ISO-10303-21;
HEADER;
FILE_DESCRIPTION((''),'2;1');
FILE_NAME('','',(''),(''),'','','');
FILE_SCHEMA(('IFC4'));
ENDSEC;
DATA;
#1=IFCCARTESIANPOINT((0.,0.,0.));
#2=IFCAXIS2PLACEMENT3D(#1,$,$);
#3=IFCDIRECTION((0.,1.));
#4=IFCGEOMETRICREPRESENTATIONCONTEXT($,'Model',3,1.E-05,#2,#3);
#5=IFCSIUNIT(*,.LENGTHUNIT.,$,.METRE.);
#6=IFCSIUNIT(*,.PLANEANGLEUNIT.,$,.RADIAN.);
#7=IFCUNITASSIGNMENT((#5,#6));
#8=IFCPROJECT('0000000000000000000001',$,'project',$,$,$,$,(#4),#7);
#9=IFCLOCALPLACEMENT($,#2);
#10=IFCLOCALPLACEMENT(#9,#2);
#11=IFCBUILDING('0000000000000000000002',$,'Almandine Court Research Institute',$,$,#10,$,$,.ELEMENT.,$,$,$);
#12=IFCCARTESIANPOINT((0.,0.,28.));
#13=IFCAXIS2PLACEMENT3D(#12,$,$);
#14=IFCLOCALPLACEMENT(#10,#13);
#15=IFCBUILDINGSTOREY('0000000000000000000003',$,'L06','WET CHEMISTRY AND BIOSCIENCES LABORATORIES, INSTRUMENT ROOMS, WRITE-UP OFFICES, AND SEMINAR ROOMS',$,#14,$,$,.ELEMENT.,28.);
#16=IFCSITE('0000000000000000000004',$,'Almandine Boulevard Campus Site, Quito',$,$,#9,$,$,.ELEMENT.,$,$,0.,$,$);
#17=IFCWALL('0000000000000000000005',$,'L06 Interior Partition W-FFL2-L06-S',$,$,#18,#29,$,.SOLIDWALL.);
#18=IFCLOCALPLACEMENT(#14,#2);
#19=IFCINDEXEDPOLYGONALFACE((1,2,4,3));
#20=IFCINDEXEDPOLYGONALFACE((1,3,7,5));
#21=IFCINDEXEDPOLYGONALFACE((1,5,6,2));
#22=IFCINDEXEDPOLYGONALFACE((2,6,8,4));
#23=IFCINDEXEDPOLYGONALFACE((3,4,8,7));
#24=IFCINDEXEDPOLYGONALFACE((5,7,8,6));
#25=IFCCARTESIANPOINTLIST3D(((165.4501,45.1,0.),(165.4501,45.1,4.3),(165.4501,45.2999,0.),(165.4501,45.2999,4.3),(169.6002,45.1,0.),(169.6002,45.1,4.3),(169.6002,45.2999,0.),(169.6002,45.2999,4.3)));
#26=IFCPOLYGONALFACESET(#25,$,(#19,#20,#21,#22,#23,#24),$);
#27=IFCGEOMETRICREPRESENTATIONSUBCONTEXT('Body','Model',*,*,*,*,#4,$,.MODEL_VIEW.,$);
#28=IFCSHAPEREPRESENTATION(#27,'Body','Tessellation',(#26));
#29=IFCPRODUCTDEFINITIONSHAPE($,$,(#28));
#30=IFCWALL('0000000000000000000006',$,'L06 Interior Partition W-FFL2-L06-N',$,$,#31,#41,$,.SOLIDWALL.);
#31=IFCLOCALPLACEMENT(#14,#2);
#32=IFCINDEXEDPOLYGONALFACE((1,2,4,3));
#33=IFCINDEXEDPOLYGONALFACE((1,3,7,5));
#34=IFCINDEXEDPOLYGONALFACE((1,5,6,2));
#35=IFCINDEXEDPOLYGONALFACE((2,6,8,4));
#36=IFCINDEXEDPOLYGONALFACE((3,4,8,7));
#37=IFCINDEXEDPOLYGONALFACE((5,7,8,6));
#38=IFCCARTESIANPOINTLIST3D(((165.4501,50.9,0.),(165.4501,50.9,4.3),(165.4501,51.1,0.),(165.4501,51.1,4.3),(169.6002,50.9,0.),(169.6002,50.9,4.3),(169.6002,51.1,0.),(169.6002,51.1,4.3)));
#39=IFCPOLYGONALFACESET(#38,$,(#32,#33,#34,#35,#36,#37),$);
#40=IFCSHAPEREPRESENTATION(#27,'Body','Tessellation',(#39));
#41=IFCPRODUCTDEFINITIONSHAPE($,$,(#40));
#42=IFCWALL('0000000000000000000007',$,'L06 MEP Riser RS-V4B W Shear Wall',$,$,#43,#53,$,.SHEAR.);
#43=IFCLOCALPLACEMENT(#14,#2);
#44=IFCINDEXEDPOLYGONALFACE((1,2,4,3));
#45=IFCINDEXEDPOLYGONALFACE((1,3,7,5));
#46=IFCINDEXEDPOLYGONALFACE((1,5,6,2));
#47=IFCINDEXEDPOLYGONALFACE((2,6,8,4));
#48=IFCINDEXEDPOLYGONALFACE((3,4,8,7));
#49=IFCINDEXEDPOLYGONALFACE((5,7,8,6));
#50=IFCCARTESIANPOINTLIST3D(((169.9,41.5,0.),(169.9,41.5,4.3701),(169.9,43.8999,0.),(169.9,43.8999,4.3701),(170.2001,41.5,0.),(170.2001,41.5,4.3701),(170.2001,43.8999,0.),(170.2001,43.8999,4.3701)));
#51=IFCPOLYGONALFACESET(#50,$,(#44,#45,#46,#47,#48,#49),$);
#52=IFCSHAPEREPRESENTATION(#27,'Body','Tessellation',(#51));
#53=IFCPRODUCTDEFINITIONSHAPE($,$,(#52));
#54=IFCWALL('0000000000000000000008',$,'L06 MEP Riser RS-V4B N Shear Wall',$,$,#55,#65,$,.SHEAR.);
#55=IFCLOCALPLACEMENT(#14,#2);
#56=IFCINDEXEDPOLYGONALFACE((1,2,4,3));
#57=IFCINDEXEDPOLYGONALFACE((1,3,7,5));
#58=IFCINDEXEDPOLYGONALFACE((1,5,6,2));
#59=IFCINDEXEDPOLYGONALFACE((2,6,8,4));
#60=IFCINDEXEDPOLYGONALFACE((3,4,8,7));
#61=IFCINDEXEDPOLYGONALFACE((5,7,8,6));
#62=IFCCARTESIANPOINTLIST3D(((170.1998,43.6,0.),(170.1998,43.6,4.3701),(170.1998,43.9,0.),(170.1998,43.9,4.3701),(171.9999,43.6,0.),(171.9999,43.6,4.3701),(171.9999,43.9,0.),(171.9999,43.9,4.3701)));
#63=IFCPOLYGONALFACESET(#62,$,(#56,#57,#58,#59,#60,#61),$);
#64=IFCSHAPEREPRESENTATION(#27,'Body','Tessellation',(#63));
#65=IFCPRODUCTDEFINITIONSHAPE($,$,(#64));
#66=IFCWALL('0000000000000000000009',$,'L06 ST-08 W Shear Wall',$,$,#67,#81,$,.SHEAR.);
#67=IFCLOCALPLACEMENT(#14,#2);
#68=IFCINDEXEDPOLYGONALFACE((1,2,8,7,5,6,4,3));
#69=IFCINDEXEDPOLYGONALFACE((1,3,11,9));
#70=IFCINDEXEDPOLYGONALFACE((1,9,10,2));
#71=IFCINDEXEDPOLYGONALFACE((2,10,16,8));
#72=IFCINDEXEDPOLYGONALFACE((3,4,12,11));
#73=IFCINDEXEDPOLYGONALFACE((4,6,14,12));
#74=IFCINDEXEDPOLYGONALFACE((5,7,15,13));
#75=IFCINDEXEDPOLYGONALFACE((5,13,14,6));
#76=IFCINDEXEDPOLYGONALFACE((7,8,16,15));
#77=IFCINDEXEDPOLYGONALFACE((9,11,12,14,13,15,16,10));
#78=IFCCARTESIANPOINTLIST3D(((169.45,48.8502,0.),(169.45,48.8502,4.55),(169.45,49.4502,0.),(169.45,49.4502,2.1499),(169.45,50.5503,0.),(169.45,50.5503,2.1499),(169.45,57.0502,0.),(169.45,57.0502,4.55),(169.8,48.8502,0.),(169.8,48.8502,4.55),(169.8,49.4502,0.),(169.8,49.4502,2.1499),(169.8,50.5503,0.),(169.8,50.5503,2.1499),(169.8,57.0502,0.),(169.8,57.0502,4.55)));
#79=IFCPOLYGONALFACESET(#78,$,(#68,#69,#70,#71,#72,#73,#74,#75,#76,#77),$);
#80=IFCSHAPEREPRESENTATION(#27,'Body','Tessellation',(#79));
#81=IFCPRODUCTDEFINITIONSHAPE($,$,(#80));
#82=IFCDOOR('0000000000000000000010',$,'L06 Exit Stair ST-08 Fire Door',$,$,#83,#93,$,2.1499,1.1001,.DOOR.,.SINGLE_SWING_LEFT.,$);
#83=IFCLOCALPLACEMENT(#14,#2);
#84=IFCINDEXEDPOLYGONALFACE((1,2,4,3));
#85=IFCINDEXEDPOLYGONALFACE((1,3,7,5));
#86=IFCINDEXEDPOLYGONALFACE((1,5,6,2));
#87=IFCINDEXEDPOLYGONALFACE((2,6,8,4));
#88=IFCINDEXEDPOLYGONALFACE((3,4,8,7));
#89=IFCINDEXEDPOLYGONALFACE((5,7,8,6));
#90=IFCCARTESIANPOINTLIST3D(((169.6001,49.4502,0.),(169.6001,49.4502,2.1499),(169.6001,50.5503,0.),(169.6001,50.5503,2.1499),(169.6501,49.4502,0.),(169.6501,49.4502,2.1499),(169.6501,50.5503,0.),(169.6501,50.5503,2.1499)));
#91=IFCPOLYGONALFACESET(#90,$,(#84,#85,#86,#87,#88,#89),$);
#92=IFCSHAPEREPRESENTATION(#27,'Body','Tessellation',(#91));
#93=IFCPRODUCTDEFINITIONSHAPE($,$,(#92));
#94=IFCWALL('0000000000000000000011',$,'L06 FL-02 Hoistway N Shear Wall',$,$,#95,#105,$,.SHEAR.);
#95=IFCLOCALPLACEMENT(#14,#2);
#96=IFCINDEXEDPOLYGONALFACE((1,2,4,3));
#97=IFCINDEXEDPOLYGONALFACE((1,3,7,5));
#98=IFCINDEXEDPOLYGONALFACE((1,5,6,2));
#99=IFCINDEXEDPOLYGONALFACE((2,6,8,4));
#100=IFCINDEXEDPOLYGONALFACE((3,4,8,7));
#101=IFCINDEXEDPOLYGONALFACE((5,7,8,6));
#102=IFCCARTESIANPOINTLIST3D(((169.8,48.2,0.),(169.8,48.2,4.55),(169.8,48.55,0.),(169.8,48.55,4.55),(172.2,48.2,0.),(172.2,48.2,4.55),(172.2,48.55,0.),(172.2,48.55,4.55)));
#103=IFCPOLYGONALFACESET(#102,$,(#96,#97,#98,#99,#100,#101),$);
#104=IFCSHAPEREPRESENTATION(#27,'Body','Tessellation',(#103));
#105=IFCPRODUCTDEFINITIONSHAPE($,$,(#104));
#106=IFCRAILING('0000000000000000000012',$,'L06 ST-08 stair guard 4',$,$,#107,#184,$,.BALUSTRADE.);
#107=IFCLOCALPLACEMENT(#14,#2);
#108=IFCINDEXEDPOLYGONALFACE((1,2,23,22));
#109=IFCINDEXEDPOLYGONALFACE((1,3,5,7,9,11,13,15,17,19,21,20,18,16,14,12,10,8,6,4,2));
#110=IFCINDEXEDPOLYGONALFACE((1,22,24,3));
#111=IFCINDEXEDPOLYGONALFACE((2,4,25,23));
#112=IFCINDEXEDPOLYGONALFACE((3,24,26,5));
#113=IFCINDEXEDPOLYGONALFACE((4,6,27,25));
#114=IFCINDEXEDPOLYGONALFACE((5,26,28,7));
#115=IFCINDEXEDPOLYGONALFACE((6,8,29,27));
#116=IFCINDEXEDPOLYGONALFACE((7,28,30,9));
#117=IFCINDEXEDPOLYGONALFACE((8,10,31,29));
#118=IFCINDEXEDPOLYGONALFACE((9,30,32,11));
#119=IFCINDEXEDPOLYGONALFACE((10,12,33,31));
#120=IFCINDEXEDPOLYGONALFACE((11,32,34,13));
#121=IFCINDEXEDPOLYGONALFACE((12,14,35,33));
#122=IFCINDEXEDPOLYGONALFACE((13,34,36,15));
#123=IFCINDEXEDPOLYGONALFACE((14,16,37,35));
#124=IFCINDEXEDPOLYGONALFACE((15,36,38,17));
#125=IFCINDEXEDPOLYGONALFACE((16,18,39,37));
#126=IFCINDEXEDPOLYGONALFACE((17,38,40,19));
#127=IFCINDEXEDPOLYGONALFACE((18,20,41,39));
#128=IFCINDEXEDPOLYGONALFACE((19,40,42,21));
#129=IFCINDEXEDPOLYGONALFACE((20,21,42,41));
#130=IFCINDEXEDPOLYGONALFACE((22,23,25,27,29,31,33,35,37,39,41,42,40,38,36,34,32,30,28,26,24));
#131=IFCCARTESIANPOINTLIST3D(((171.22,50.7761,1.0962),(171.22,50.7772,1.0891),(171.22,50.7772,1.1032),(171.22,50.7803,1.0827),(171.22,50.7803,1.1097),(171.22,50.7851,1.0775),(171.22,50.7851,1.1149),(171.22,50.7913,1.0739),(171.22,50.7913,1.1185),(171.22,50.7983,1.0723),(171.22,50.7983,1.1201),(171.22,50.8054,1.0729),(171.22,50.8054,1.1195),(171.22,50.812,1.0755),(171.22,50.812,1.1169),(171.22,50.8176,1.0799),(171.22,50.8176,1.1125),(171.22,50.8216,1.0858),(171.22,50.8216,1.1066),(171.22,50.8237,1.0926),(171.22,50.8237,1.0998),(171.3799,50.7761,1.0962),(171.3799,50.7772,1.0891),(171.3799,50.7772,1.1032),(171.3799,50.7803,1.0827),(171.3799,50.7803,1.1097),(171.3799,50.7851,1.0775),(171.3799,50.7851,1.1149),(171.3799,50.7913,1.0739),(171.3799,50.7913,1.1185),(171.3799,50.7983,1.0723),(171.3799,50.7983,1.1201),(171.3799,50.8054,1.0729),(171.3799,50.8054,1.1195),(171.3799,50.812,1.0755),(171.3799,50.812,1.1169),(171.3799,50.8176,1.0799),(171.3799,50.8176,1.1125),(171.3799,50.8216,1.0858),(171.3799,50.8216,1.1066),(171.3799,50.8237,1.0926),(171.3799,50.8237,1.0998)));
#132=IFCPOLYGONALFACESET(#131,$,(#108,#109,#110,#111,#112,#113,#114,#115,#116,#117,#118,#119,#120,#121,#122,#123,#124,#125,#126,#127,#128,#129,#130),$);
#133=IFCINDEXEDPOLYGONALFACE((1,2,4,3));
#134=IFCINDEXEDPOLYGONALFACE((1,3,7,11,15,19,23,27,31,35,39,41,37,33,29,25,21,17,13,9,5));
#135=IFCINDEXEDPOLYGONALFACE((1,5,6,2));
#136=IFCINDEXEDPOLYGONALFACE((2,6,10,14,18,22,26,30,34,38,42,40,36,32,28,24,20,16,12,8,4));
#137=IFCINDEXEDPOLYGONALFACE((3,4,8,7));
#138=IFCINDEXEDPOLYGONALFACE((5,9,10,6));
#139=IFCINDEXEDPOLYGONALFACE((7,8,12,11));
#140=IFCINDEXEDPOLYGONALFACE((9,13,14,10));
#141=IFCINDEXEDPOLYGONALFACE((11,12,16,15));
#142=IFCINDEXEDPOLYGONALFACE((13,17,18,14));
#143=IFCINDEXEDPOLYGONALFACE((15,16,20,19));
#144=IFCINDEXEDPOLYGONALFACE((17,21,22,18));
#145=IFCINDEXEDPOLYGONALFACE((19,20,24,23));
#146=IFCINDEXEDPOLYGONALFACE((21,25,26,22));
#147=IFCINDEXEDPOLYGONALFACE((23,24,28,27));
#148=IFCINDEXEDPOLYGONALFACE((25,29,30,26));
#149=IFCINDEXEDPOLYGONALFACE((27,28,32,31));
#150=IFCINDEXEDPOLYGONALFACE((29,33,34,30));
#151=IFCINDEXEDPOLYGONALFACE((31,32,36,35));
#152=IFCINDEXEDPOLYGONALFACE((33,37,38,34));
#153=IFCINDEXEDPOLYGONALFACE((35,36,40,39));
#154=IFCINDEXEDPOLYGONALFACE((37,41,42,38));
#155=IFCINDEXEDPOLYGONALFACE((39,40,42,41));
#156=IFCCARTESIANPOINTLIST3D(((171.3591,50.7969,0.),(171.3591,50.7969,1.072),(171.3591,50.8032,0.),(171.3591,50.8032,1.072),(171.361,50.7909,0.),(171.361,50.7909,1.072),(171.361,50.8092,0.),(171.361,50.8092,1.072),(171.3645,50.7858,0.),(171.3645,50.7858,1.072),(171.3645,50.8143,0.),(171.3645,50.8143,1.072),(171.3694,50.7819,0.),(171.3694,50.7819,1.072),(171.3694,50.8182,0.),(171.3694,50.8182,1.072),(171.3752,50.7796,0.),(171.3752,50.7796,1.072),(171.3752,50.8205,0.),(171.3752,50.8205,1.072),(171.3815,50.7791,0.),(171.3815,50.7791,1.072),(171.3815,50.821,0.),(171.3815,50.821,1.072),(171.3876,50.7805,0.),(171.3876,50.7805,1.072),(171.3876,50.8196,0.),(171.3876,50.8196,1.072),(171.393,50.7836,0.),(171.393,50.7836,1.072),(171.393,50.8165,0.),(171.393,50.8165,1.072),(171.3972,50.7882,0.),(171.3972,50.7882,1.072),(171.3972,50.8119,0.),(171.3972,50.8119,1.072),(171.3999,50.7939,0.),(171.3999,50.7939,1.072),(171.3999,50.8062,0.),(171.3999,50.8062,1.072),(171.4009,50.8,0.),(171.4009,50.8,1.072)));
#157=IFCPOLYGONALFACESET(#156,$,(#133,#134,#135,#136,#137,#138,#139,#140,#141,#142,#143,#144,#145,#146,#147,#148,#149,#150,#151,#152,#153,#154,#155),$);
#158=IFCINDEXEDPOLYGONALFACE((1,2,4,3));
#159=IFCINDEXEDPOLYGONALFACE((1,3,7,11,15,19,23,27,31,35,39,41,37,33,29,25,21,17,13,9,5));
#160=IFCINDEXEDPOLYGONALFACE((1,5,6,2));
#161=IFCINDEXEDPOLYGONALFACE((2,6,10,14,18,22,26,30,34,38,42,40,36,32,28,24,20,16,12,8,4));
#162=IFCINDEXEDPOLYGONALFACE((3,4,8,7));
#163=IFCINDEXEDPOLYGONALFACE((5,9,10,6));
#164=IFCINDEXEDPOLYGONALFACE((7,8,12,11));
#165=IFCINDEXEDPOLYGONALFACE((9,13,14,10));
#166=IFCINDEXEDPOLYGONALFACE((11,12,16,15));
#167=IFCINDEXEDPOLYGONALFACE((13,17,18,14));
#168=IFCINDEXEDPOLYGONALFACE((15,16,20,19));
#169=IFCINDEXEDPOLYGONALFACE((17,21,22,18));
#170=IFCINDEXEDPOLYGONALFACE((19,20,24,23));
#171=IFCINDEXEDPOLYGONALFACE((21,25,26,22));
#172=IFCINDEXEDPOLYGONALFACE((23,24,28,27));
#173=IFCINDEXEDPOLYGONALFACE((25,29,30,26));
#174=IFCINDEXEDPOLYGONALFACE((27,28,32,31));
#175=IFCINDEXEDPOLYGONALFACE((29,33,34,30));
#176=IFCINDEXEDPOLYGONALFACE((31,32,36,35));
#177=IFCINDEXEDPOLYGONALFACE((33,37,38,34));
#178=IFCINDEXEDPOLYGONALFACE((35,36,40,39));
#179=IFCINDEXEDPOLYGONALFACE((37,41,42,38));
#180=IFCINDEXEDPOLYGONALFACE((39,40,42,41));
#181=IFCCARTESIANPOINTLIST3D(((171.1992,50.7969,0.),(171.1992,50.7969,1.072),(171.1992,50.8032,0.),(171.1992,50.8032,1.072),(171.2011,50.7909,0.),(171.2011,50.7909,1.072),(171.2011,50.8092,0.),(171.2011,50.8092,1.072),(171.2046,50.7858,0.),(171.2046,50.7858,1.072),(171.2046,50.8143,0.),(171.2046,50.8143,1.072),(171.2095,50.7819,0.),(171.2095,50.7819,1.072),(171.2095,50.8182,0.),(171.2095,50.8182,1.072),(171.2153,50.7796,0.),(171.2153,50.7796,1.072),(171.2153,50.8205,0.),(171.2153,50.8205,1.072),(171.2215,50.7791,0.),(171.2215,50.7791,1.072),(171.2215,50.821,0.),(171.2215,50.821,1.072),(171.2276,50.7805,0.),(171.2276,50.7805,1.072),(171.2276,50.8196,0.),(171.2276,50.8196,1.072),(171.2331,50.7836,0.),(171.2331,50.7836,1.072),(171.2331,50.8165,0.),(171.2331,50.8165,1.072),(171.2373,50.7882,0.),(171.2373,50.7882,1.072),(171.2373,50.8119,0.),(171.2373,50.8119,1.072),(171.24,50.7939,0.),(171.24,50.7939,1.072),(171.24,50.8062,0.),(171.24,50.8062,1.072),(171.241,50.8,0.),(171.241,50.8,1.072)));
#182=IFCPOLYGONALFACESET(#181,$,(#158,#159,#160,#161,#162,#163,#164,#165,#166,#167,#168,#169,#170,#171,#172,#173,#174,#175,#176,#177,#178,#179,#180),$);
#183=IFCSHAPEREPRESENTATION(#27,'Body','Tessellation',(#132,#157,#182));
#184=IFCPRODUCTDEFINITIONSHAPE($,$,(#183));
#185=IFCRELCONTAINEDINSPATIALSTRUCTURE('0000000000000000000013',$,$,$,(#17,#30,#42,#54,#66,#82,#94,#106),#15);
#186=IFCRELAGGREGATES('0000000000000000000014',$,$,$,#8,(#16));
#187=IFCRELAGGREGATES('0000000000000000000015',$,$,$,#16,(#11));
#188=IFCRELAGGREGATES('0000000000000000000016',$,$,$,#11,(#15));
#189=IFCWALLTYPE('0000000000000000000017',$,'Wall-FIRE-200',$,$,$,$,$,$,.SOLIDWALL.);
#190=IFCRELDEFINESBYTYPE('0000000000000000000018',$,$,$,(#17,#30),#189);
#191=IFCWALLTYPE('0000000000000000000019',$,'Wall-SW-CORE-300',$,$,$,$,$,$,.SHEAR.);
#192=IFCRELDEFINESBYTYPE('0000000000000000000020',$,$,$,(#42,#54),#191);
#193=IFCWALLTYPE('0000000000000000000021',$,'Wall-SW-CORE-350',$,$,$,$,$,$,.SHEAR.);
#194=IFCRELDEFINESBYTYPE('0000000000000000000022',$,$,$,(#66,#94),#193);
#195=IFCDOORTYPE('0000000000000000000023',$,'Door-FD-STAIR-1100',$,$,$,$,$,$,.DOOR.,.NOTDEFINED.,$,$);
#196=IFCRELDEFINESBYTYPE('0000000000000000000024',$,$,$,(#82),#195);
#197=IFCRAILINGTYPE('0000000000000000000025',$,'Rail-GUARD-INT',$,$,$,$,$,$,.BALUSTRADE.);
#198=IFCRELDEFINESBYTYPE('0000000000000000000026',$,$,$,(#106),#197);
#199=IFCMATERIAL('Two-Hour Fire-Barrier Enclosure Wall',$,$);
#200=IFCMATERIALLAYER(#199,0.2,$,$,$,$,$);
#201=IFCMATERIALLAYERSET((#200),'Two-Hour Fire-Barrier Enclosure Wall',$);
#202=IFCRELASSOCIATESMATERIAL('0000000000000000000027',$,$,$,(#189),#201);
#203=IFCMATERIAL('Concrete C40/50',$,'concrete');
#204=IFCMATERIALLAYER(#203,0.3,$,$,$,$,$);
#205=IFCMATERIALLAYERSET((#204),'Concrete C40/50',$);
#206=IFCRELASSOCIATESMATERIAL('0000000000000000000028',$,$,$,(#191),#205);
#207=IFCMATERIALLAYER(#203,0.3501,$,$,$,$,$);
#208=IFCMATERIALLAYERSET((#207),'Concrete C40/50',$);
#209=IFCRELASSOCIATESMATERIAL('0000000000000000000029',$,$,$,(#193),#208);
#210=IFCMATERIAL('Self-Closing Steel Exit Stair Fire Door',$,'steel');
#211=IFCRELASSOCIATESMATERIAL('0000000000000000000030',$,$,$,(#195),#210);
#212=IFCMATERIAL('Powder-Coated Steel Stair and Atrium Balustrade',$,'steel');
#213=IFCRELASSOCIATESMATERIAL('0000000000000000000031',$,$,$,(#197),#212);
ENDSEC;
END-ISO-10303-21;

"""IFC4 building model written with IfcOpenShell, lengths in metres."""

from ifc_helpers import new_model, si_unit, direction, frame, frame_2d, origin, origin_2d, place, context, subcontext, project, spatial, rectangle, circle, extrude, material, layer, layer_set, type_object, element, fill, save


model = new_model("IFC4")

# Units and contexts
model_context = context("Model", 3, precision=1e-05, world=origin(), true_north=direction((0.0, 1.0)))
body_context = subcontext(model_context, "Body", "Model", "MODEL_VIEW")
ifc_project = project(units=[si_unit("LENGTHUNIT", "METRE"), si_unit("PLANEANGLEUNIT", "RADIAN")], contexts=[model_context])

# Site, building, storey
site_placement = place(None, origin())
site = spatial("IfcSite", under=ifc_project, at=site_placement, Name="Almandine Boulevard Campus Site, Quito", CompositionType="ELEMENT", RefElevation=0.0)
building_placement = place(site_placement, origin())
building = spatial("IfcBuilding", under=site, at=building_placement, Name="Almandine Court Research Institute", CompositionType="ELEMENT")
storey_placement = place(building_placement, frame((0.0, 0.0, 28.0)))
storey = spatial("IfcBuildingStorey", under=building, at=storey_placement, Name="L06", Description="WET CHEMISTRY AND BIOSCIENCES LABORATORIES, INSTRUMENT ROOMS, WRITE-UP OFFICES, AND SEMINAR ROOMS", CompositionType="ELEMENT", Elevation=28.0)

# Shared definitions
ifc_material_1 = material(Name="Two-Hour Fire-Barrier Enclosure Wall")
ifc_layer_1 = layer(ifc_material_1, 0.2)
ifc_layer_set_1 = layer_set([ifc_layer_1], Name="Two-Hour Fire-Barrier Enclosure Wall")
wall_type_1 = type_object("IfcWallType", Name="Wall-FIRE-200", PredefinedType="SOLIDWALL", material=ifc_layer_set_1)

# Walls
for number, where, z_axis, x_axis, name in (
    (1, (165.45, 45.2, 0.0), (0.0, 0.0, 1.0), (1.0, 0.0, 0.0), "L06 Interior Partition W-FFL2-L06-S"),
    (2, (165.45, 51.0, 0.0), (0.0, 0.0, 1.0), (1.0, 0.0, 0.0), "L06 Interior Partition W-FFL2-L06-N"),
):
    element("IfcWall", number, at=place(storey_placement, frame(where, z_axis=z_axis, x_axis=x_axis)), inside=storey, type_object=wall_type_1, Name=name, PredefinedType="SOLIDWALL", context=body_context, shape_type="SweptSolid", body=[
        extrude(rectangle(XDim=4.1501, YDim=0.2, at=frame_2d((2.0752, 0.0))), origin(), (0.0, 0.0, 1.0), 4.3),
    ])
ifc_material_2 = material(Name="Concrete C40/50", Category="concrete")
ifc_layer_2 = layer(ifc_material_2, 0.3)
ifc_layer_set_2 = layer_set([ifc_layer_2], Name="Concrete C40/50")
wall_type_2 = type_object("IfcWallType", Name="Wall-SW-CORE-300", PredefinedType="SHEAR", material=ifc_layer_set_2)
wall_1_placement = place(storey_placement, frame((170.05, 41.5, 0.0), z_axis=(0.0, 0.0, 1.0), x_axis=(0.0, 1.0, 0.0)))
element("IfcWall", 3, at=wall_1_placement, inside=storey, type_object=wall_type_2, Name="L06 MEP Riser RS-V4B W Shear Wall", PredefinedType="SHEAR", context=body_context, shape_type="SweptSolid", body=[
    extrude(rectangle(XDim=2.3999, YDim=0.3, at=frame_2d((1.2, 0.0))), origin(), (0.0, 0.0, 1.0), 4.3701),
])
wall_2_placement = place(storey_placement, frame((170.2, 43.75, 0.0), z_axis=(0.0, 0.0, 1.0), x_axis=(1.0, 0.0, 0.0)))
element("IfcWall", 4, at=wall_2_placement, inside=storey, type_object=wall_type_2, Name="L06 MEP Riser RS-V4B N Shear Wall", PredefinedType="SHEAR", context=body_context, shape_type="SweptSolid", body=[
    extrude(rectangle(XDim=1.8, YDim=0.3, at=frame_2d((0.8999, 0.0))), origin(), (0.0, 0.0, 1.0), 4.3701),
])

# Wall, opening, door
ifc_layer_3 = layer(ifc_material_2, 0.3501)
ifc_layer_set_3 = layer_set([ifc_layer_3], Name="Concrete C40/50")
wall_type_3 = type_object("IfcWallType", Name="Wall-SW-CORE-350", PredefinedType="SHEAR", material=ifc_layer_set_3)
wall_3_placement = place(storey_placement, frame((169.625, 48.8501, 0.0), z_axis=(0.0, 0.0, 1.0), x_axis=(0.0, 1.0, 0.0)))
wall_3 = element("IfcWall", 5, at=wall_3_placement, inside=storey, type_object=wall_type_3, Name="L06 ST-08 W Shear Wall", PredefinedType="SHEAR", context=body_context, shape_type="SweptSolid", body=[
    extrude(rectangle(XDim=8.2, YDim=0.3501, at=frame_2d((4.1001, 0.0))), origin(), (0.0, 0.0, 1.0), 4.55),
])
opening_1_placement = place(wall_3_placement, frame((0.6001, 0.0, 0.0)))
opening_1 = element("IfcOpeningElement", 6, at=opening_1_placement, cuts=wall_3, PredefinedType="OPENING", context=body_context, shape_type="SweptSolid", body=[
    extrude(rectangle(XDim=1.1001, YDim=2.1499, at=frame_2d((0.55, 1.075))), frame((0.0, 0.1851, 0.0), z_axis=(0.0, -1.0, 0.0), x_axis=(1.0, 0.0, 0.0)), (0.0, 0.0, 1.0), 0.3701),
])
ifc_material_3 = material(Name="Self-Closing Steel Exit Stair Fire Door", Category="steel")
door_type_1 = type_object("IfcDoorType", Name="Door-FD-STAIR-1100", OperationType="NOTDEFINED", PredefinedType="DOOR", material=ifc_material_3)
door_1_placement = place(opening_1_placement, origin())
door_1 = element("IfcDoor", 7, at=door_1_placement, inside=storey, type_object=door_type_1, Name="L06 Exit Stair ST-08 Fire Door", OperationType="SINGLE_SWING_LEFT", OverallHeight=2.1499, OverallWidth=1.1001, PredefinedType="DOOR", context=body_context, shape_type="SweptSolid", body=[
    extrude(rectangle(XDim=1.1001, YDim=2.1499, at=frame_2d((0.55, 1.075))), frame((0.0, 0.0249, 0.0), z_axis=(0.0, -1.0, 0.0), x_axis=(1.0, 0.0, 0.0)), (0.0, 0.0, 1.0), 0.05),
])
fill(opening_1, door_1)

# Wall
wall_4_placement = place(storey_placement, frame((169.8, 48.375, 0.0), z_axis=(0.0, 0.0, 1.0), x_axis=(1.0, 0.0, 0.0)))
element("IfcWall", 8, at=wall_4_placement, inside=storey, type_object=wall_type_3, Name="L06 FL-02 Hoistway N Shear Wall", PredefinedType="SHEAR", context=body_context, shape_type="SweptSolid", body=[
    extrude(rectangle(XDim=2.3999, YDim=0.3501, at=frame_2d((1.2, 0.0))), origin(), (0.0, 0.0, 1.0), 4.55),
])

# Railing
ifc_material_4 = material(Name="Powder-Coated Steel Stair and Atrium Balustrade", Category="steel")
railing_type = type_object("IfcRailingType", Name="Rail-GUARD-INT", PredefinedType="BALUSTRADE", material=ifc_material_4)
railing_placement = place(storey_placement, frame((171.3799, 50.8, 0.0)))
element("IfcRailing", 9, at=railing_placement, inside=storey, type_object=railing_type, Name="L06 ST-08 stair guard 4", PredefinedType="BALUSTRADE", context=body_context, shape_type="SweptSolid", body=[
    extrude(circle(Radius=0.0239, at=origin_2d()), frame((0.0, 0.0, 1.0962), z_axis=(-1.0, 0.0, 0.0), x_axis=(0.0, -1.0, 0.0)), (0.0, 0.0, 1.0), 0.1599),
    extrude(circle(Radius=0.021, at=origin_2d()), origin(), (0.0, 0.0, 1.0), 1.072),
    extrude(circle(Radius=0.021, at=origin_2d()), frame((-0.1599, 0.0, 0.0)), (0.0, 0.0, 1.0), 1.072),
])

save(model, "model.ifc")
